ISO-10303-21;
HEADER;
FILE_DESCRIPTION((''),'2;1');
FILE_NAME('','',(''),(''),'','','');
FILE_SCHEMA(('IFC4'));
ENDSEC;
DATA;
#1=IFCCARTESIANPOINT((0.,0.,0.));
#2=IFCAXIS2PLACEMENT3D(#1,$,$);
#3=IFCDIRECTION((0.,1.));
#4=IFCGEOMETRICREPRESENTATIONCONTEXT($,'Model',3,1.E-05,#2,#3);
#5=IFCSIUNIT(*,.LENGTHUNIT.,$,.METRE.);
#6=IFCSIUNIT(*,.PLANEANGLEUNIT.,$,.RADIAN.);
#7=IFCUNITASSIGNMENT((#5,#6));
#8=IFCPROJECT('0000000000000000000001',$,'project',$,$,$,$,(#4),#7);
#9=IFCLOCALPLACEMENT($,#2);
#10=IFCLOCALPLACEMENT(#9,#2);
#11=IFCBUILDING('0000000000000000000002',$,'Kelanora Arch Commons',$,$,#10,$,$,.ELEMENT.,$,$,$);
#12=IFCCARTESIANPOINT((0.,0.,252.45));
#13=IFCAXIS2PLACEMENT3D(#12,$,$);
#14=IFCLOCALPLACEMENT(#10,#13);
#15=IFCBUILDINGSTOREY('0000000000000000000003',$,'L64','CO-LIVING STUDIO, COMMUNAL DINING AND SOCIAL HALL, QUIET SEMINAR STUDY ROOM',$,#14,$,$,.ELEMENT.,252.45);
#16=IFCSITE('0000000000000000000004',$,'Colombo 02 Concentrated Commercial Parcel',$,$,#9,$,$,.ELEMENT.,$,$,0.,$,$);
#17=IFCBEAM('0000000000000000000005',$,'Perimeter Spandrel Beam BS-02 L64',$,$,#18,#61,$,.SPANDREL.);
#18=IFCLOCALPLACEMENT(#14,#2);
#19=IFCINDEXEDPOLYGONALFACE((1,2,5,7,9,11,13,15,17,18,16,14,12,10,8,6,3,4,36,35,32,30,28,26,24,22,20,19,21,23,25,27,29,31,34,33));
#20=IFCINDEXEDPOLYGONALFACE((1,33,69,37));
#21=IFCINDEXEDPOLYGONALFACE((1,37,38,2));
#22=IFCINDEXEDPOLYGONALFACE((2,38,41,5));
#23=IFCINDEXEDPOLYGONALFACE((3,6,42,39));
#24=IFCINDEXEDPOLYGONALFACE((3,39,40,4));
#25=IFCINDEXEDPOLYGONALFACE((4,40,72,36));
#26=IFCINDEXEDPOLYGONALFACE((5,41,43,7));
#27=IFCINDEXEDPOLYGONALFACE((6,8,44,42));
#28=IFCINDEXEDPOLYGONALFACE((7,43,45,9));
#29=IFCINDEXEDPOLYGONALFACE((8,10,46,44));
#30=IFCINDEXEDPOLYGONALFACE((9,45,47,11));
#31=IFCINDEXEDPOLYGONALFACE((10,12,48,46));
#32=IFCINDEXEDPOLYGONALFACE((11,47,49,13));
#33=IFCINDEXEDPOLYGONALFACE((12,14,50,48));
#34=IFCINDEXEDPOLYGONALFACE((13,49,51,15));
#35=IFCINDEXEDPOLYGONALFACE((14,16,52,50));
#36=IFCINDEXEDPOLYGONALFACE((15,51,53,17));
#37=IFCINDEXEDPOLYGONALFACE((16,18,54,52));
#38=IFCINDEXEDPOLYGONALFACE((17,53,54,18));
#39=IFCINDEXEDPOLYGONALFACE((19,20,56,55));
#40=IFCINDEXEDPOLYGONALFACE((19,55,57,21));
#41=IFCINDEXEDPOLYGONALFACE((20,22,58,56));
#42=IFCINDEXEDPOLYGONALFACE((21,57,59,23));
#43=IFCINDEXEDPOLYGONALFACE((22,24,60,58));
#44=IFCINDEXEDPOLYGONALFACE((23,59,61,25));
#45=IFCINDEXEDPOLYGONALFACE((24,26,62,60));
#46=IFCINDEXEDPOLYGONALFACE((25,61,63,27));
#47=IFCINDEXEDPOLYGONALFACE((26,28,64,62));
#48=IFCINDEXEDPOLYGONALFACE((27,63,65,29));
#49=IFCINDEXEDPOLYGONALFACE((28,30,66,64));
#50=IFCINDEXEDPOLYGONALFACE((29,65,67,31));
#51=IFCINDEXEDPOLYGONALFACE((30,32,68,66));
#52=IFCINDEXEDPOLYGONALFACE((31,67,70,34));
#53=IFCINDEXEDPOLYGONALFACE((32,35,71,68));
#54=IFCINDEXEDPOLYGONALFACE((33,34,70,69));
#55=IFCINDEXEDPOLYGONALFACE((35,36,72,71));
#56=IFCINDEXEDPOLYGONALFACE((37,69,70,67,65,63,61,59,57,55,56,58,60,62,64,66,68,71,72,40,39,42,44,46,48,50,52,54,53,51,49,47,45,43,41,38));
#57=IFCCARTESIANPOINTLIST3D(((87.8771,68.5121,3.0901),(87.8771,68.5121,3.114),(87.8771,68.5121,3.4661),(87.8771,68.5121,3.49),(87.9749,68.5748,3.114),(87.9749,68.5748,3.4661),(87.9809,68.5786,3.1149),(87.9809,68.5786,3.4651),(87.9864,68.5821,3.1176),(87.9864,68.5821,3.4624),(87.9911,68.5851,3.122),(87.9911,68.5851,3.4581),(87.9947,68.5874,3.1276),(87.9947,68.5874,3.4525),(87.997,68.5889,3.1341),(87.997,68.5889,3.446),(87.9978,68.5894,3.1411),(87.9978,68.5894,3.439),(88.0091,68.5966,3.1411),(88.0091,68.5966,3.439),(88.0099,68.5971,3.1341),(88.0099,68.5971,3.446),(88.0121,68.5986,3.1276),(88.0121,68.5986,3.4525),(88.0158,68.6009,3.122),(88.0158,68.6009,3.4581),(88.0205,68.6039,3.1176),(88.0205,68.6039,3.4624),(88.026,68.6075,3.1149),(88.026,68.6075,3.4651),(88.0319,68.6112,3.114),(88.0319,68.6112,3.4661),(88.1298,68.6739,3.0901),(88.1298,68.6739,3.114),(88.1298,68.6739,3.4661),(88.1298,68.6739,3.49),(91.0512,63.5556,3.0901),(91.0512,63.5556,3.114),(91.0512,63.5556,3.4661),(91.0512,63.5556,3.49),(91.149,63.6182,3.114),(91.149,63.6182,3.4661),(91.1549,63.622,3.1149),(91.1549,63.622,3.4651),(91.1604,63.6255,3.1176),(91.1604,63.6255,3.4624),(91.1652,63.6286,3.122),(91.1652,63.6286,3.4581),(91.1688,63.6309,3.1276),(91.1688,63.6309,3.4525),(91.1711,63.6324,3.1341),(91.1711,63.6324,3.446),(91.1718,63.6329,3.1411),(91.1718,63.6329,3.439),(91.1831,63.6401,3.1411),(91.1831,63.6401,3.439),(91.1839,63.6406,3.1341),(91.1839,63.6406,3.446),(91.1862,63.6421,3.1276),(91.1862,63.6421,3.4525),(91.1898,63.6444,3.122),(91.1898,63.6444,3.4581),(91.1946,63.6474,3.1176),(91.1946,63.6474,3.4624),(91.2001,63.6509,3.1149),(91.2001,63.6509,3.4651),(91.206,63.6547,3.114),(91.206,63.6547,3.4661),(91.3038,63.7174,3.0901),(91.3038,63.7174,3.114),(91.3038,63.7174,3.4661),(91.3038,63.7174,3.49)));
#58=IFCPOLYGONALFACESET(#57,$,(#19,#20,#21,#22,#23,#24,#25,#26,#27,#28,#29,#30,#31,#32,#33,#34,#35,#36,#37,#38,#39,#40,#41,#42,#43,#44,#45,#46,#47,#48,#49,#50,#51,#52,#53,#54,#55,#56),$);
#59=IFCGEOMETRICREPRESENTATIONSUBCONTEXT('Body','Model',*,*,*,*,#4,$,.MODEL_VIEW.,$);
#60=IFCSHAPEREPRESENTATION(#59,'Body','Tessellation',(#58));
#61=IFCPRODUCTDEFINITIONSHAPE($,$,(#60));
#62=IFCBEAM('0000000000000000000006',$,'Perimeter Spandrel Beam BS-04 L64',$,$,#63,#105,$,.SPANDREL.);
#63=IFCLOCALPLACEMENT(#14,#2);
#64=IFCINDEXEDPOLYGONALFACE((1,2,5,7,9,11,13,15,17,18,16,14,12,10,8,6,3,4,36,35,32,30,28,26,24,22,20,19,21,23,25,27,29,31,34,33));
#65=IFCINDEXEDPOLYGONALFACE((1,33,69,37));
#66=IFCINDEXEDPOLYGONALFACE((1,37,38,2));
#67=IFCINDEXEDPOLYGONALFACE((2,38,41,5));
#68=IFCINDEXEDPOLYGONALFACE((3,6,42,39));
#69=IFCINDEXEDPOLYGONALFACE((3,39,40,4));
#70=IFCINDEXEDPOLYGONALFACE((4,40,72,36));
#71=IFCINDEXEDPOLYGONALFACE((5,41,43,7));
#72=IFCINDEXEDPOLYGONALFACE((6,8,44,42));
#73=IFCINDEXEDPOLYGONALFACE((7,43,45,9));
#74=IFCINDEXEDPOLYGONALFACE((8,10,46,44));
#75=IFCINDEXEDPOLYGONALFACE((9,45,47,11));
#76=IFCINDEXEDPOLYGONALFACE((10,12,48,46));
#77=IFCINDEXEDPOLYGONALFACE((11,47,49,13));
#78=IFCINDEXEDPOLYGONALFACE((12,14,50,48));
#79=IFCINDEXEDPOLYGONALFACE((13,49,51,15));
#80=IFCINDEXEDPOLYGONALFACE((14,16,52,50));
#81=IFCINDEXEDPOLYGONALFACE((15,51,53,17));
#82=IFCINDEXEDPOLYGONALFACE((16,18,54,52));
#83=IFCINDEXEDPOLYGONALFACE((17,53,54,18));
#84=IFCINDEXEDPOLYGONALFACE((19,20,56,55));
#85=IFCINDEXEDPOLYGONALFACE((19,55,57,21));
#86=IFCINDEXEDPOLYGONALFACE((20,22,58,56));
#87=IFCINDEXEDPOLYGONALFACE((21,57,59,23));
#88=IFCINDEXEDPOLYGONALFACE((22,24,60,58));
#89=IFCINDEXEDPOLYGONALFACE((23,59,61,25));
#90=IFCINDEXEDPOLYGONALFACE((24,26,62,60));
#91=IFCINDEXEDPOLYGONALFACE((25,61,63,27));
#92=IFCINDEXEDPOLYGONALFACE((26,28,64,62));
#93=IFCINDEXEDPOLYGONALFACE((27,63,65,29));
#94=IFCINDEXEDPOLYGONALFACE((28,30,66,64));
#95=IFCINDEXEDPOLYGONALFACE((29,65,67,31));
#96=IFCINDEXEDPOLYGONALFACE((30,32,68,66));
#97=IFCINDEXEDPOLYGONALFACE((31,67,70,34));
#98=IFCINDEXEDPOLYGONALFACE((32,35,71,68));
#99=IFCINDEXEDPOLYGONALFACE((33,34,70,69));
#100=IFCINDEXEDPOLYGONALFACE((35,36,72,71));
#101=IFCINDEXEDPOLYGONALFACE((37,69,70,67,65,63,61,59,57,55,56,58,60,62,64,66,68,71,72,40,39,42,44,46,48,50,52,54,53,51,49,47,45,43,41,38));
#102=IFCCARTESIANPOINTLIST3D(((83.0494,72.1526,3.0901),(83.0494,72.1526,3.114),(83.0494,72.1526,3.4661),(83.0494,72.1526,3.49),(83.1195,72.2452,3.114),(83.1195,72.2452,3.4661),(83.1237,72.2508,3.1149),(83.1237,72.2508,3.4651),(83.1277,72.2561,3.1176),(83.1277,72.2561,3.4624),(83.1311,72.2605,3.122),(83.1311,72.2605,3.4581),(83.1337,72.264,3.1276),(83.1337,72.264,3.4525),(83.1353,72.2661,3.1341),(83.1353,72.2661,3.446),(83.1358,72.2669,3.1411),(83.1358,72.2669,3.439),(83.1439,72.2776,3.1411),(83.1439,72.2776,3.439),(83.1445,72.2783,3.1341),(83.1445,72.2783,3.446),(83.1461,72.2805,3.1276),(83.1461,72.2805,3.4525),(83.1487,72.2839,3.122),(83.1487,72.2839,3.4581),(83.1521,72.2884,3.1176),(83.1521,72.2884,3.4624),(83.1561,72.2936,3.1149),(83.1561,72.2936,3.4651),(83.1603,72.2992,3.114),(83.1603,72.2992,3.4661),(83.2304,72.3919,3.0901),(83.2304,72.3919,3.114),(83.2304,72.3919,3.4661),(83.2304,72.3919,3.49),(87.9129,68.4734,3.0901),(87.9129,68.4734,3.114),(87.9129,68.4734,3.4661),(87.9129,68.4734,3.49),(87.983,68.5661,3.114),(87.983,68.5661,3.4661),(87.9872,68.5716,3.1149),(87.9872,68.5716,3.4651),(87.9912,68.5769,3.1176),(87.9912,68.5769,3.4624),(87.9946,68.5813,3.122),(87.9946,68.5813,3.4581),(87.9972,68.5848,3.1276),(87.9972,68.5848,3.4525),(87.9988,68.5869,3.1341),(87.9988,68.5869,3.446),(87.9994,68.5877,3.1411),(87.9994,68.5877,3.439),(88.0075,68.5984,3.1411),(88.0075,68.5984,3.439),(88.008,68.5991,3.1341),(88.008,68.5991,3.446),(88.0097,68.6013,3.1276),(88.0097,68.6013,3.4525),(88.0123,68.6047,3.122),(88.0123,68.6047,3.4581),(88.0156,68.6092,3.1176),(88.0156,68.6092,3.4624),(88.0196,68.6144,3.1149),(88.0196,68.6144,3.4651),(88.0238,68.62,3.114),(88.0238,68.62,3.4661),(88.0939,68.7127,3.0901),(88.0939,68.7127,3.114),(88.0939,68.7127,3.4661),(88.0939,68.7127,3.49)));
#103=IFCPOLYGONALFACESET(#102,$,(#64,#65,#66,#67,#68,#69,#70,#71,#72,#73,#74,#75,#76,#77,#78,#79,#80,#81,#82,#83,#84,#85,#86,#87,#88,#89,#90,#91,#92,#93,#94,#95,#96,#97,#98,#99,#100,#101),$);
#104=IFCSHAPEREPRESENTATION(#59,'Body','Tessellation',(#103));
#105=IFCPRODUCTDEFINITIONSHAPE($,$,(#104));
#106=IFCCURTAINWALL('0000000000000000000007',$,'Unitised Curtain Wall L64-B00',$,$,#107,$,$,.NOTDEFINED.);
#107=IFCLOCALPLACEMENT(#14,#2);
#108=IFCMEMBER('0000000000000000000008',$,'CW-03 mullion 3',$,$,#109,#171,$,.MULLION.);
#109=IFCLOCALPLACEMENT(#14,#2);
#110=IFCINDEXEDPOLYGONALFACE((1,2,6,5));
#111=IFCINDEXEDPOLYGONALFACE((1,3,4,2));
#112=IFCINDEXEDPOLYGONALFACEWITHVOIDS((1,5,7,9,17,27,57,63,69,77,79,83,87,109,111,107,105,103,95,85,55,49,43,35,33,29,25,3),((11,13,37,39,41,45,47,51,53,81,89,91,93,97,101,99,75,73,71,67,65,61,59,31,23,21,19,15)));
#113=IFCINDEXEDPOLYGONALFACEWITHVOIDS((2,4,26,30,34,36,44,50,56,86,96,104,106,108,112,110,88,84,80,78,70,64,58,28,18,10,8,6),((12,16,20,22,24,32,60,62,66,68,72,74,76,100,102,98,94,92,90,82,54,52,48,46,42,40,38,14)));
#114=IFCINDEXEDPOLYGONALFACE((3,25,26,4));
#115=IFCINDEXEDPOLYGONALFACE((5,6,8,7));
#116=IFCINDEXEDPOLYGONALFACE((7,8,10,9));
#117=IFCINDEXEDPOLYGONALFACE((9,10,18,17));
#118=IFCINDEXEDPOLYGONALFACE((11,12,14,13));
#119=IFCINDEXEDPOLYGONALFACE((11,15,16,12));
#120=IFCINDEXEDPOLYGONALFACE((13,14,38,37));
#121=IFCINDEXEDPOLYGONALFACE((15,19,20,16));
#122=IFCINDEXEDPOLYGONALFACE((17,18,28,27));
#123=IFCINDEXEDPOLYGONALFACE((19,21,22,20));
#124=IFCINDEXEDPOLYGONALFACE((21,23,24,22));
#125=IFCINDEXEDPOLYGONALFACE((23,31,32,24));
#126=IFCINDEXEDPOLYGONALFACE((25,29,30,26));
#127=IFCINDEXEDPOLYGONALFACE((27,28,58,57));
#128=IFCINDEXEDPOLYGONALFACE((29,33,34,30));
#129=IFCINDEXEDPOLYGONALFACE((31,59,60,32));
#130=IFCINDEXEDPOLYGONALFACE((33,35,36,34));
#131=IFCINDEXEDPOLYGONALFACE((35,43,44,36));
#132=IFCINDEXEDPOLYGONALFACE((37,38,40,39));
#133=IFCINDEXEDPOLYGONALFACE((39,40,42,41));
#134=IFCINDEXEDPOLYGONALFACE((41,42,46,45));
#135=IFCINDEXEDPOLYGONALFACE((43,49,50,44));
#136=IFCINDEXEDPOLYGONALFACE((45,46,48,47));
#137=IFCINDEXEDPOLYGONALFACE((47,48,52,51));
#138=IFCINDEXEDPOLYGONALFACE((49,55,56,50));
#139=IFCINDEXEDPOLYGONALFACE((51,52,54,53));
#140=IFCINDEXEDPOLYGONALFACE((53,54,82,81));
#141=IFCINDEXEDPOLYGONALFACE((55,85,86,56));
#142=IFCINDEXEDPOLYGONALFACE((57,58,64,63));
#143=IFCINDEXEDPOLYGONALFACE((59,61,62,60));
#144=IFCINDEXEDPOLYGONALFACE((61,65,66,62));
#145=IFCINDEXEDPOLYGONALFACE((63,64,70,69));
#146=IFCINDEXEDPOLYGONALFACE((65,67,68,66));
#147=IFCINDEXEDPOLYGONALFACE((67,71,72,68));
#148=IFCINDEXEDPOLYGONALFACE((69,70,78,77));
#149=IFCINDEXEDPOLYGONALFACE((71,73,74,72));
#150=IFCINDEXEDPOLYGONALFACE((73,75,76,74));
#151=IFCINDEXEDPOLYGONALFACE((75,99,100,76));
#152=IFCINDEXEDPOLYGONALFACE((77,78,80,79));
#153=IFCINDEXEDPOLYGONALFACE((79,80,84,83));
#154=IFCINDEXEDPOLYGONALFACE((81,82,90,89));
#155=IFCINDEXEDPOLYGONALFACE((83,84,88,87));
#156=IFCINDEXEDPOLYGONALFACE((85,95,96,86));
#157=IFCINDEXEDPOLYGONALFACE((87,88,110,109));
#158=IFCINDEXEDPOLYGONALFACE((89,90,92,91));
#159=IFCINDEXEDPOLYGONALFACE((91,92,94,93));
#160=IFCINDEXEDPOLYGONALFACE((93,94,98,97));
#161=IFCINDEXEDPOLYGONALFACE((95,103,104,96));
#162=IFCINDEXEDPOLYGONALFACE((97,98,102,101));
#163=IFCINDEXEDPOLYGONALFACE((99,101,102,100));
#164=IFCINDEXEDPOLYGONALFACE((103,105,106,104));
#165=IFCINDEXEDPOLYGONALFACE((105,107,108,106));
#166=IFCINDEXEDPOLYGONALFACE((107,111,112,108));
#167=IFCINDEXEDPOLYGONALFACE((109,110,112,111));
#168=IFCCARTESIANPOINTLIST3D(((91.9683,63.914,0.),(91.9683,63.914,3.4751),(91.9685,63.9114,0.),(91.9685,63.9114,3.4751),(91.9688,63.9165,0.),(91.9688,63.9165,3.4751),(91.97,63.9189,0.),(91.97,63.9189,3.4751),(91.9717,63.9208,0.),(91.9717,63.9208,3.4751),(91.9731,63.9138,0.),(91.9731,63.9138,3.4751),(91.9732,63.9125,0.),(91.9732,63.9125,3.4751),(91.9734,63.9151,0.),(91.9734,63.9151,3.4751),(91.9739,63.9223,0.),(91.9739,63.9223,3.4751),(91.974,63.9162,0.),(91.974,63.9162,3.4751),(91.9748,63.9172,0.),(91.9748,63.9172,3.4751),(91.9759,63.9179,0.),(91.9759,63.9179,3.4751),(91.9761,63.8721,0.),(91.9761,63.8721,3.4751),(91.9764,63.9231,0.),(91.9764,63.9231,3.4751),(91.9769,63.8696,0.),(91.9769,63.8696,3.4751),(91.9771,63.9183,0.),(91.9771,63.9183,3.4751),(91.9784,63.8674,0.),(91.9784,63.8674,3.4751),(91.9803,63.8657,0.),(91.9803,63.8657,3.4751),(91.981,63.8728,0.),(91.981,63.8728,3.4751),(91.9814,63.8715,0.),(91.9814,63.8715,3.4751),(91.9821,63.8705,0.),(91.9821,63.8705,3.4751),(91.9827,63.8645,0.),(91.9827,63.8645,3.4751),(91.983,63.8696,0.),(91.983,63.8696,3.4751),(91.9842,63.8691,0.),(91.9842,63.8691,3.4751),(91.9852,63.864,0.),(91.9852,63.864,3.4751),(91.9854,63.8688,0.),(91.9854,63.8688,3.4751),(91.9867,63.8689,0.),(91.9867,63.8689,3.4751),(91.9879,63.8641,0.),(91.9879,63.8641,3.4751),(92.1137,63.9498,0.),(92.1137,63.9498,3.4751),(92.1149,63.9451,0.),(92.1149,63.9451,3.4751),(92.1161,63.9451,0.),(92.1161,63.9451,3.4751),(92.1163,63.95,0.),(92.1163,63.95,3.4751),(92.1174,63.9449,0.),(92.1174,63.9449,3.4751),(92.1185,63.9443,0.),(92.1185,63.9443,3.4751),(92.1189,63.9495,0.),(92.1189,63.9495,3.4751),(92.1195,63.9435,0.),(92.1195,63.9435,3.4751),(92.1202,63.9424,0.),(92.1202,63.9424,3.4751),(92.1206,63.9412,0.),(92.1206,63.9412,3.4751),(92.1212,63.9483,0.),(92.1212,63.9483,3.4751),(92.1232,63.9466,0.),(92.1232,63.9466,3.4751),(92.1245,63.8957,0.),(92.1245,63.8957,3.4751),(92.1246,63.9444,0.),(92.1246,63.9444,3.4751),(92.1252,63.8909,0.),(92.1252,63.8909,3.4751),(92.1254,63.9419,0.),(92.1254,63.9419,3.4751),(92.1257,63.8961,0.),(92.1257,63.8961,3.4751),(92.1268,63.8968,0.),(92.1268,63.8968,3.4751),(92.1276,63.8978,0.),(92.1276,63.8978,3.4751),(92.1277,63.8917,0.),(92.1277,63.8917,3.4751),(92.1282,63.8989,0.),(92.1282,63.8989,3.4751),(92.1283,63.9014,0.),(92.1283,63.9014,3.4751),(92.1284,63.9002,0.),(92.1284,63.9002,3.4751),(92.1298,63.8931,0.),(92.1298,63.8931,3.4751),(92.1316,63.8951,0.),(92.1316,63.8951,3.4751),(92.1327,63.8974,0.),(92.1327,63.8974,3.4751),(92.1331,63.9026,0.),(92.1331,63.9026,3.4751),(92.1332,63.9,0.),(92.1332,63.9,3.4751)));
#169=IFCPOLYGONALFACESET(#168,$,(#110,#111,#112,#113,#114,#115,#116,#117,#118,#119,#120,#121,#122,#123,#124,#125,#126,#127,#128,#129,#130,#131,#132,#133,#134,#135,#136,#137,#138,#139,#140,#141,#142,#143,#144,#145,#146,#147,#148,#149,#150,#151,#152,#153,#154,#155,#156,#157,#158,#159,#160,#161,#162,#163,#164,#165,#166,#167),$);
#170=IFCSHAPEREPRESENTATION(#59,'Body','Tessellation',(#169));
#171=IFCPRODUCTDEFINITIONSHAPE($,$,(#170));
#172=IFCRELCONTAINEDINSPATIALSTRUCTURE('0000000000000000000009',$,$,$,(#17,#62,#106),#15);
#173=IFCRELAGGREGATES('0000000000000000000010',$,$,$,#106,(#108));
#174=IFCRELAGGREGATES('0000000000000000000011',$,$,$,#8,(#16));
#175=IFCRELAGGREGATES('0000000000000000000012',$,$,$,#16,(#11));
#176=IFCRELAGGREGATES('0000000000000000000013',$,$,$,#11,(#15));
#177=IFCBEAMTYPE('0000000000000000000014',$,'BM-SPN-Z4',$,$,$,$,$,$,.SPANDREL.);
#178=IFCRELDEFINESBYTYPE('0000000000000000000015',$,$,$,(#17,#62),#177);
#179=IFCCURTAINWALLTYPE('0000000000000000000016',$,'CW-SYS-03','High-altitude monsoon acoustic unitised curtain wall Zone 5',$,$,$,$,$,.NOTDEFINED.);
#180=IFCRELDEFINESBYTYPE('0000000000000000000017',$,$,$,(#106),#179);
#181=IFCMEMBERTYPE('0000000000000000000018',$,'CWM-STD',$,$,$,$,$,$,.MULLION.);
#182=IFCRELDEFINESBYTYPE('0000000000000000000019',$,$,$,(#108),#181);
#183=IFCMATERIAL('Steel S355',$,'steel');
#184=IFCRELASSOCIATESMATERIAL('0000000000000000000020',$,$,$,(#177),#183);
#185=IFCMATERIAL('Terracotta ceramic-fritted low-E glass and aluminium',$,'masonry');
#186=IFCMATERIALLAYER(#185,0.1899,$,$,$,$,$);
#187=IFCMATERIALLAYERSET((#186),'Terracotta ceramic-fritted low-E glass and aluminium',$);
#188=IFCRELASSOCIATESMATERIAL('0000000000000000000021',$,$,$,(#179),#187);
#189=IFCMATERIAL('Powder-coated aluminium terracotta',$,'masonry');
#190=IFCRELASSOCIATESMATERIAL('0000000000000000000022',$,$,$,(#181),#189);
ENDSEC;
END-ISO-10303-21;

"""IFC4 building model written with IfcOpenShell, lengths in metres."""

from ifc_helpers import new_model, si_unit, direction, frame, origin, origin_2d, place, context, subcontext, project, spatial, hollow_rectangle, i_section, extrude, material, layer, layer_set, material_profile, profile_set, type_object, element, aggregate, save


model = new_model("IFC4")

# Units and contexts
model_context = context("Model", 3, precision=1e-05, world=origin(), true_north=direction((0.0, 1.0)))
body_context = subcontext(model_context, "Body", "Model", "MODEL_VIEW")
ifc_project = project(units=[si_unit("LENGTHUNIT", "METRE"), si_unit("PLANEANGLEUNIT", "RADIAN")], contexts=[model_context])

# Site, building, storey
site_placement = place(None, origin())
site = spatial("IfcSite", under=ifc_project, at=site_placement, Name="Colombo 02 Concentrated Commercial Parcel", CompositionType="ELEMENT", RefElevation=0.0)
building_placement = place(site_placement, origin())
building = spatial("IfcBuilding", under=site, at=building_placement, Name="Kelanora Arch Commons", CompositionType="ELEMENT")
storey_placement = place(building_placement, frame((0.0, 0.0, 252.45)))
storey = spatial("IfcBuildingStorey", under=building, at=storey_placement, Name="L64", Description="CO-LIVING STUDIO, COMMUNAL DINING AND SOCIAL HALL, QUIET SEMINAR STUDY ROOM", CompositionType="ELEMENT", Elevation=252.45)

# Beams
ifc_material_1 = material(Name="Steel S355", Category="steel")
ifc_material_profile_1 = material_profile(ifc_material_1, i_section(OverallWidth=0.3, OverallDepth=0.3999, WebThickness=0.0134, FlangeThickness=0.0239, FilletRadius=0.0271, at=origin_2d()), Name="HEB400")
ifc_profile_set_1 = profile_set([ifc_material_profile_1], Name="Steel S355")
beam_type_1 = type_object("IfcBeamType", Name="BM-SPN-Z4", PredefinedType="SPANDREL", material=ifc_profile_set_1)
beam_1_placement = place(storey_placement, frame((91.1775, 63.6365, 3.29), z_axis=(-0.539281, 0.842126, 0.0), x_axis=(-0.842126, -0.539281, 0.0)))
element("IfcBeam", 1, at=beam_1_placement, inside=storey, type_object=beam_type_1, Name="Perimeter Spandrel Beam BS-02 L64", PredefinedType="SPANDREL", context=body_context, shape_type="SweptSolid", body=[
    extrude(i_section(OverallWidth=0.3, OverallDepth=0.3999, WebThickness=0.0134, FlangeThickness=0.0239, FilletRadius=0.0271, at=origin_2d()), origin(), (0.0, 0.0, 1.0), 5.8857),
])
beam_2_placement = place(storey_placement, frame((88.0034, 68.593, 3.29), z_axis=(-0.797509, 0.603306, 0.0), x_axis=(-0.603306, -0.797509, 0.0)))
element("IfcBeam", 2, at=beam_2_placement, inside=storey, type_object=beam_type_1, Name="Perimeter Spandrel Beam BS-04 L64", PredefinedType="SPANDREL", context=body_context, shape_type="SweptSolid", body=[
    extrude(i_section(OverallWidth=0.3, OverallDepth=0.3999, WebThickness=0.0134, FlangeThickness=0.0239, FilletRadius=0.0271, at=origin_2d()), origin(), (0.0, 0.0, 1.0), 6.0984),
])

# Curtain wall, member
ifc_material_2 = material(Name="Terracotta ceramic-fritted low-E glass and aluminium", Category="masonry")
ifc_layer_1 = layer(ifc_material_2, 0.1899)
ifc_layer_set_1 = layer_set([ifc_layer_1], Name="Terracotta ceramic-fritted low-E glass and aluminium")
curtain_wall_type = type_object("IfcCurtainWallType", Name="CW-SYS-03", Description="High-altitude monsoon acoustic unitised curtain wall Zone 5", PredefinedType="NOTDEFINED", material=ifc_layer_set_1)
curtain_wall_1_placement = place(storey_placement, origin())
curtain_wall_1 = element("IfcCurtainWall", 3, at=curtain_wall_1_placement, inside=storey, type_object=curtain_wall_type, Name="Unitised Curtain Wall L64-B00", PredefinedType="NOTDEFINED")
ifc_material_3 = material(Name="Powder-coated aluminium terracotta", Category="masonry")
ifc_material_profile_2 = material_profile(ifc_material_3, hollow_rectangle(XDim=0.1599, YDim=0.0601, WallThickness=0.0049, InnerFilletRadius=0.0049, OuterFilletRadius=0.01, at=origin_2d()), Name="CWM160x60")
ifc_profile_set_2 = profile_set([ifc_material_profile_2], Name="Powder-coated aluminium terracotta")
member_type_1 = type_object("IfcMemberType", Name="CWM-STD", PredefinedType="MULLION", material=ifc_profile_set_2)
member_1_placement = place(storey_placement, frame((92.0508, 63.907, 0.0), z_axis=(0.0, 0.0, 1.0), x_axis=(-0.981596, -0.190972, 0.0)))
member_1 = element("IfcMember", 4, at=member_1_placement, type_object=member_type_1, Name="CW-03 mullion 3", PredefinedType="MULLION", context=body_context, shape_type="SweptSolid", body=[
    extrude(hollow_rectangle(XDim=0.1599, YDim=0.0601, WallThickness=0.0049, InnerFilletRadius=0.0049, OuterFilletRadius=0.01, at=origin_2d()), origin(), (0.0, 0.0, 1.0), 3.4751),
])
aggregate(curtain_wall_1, [member_1])

save(model, "model.ifc")
